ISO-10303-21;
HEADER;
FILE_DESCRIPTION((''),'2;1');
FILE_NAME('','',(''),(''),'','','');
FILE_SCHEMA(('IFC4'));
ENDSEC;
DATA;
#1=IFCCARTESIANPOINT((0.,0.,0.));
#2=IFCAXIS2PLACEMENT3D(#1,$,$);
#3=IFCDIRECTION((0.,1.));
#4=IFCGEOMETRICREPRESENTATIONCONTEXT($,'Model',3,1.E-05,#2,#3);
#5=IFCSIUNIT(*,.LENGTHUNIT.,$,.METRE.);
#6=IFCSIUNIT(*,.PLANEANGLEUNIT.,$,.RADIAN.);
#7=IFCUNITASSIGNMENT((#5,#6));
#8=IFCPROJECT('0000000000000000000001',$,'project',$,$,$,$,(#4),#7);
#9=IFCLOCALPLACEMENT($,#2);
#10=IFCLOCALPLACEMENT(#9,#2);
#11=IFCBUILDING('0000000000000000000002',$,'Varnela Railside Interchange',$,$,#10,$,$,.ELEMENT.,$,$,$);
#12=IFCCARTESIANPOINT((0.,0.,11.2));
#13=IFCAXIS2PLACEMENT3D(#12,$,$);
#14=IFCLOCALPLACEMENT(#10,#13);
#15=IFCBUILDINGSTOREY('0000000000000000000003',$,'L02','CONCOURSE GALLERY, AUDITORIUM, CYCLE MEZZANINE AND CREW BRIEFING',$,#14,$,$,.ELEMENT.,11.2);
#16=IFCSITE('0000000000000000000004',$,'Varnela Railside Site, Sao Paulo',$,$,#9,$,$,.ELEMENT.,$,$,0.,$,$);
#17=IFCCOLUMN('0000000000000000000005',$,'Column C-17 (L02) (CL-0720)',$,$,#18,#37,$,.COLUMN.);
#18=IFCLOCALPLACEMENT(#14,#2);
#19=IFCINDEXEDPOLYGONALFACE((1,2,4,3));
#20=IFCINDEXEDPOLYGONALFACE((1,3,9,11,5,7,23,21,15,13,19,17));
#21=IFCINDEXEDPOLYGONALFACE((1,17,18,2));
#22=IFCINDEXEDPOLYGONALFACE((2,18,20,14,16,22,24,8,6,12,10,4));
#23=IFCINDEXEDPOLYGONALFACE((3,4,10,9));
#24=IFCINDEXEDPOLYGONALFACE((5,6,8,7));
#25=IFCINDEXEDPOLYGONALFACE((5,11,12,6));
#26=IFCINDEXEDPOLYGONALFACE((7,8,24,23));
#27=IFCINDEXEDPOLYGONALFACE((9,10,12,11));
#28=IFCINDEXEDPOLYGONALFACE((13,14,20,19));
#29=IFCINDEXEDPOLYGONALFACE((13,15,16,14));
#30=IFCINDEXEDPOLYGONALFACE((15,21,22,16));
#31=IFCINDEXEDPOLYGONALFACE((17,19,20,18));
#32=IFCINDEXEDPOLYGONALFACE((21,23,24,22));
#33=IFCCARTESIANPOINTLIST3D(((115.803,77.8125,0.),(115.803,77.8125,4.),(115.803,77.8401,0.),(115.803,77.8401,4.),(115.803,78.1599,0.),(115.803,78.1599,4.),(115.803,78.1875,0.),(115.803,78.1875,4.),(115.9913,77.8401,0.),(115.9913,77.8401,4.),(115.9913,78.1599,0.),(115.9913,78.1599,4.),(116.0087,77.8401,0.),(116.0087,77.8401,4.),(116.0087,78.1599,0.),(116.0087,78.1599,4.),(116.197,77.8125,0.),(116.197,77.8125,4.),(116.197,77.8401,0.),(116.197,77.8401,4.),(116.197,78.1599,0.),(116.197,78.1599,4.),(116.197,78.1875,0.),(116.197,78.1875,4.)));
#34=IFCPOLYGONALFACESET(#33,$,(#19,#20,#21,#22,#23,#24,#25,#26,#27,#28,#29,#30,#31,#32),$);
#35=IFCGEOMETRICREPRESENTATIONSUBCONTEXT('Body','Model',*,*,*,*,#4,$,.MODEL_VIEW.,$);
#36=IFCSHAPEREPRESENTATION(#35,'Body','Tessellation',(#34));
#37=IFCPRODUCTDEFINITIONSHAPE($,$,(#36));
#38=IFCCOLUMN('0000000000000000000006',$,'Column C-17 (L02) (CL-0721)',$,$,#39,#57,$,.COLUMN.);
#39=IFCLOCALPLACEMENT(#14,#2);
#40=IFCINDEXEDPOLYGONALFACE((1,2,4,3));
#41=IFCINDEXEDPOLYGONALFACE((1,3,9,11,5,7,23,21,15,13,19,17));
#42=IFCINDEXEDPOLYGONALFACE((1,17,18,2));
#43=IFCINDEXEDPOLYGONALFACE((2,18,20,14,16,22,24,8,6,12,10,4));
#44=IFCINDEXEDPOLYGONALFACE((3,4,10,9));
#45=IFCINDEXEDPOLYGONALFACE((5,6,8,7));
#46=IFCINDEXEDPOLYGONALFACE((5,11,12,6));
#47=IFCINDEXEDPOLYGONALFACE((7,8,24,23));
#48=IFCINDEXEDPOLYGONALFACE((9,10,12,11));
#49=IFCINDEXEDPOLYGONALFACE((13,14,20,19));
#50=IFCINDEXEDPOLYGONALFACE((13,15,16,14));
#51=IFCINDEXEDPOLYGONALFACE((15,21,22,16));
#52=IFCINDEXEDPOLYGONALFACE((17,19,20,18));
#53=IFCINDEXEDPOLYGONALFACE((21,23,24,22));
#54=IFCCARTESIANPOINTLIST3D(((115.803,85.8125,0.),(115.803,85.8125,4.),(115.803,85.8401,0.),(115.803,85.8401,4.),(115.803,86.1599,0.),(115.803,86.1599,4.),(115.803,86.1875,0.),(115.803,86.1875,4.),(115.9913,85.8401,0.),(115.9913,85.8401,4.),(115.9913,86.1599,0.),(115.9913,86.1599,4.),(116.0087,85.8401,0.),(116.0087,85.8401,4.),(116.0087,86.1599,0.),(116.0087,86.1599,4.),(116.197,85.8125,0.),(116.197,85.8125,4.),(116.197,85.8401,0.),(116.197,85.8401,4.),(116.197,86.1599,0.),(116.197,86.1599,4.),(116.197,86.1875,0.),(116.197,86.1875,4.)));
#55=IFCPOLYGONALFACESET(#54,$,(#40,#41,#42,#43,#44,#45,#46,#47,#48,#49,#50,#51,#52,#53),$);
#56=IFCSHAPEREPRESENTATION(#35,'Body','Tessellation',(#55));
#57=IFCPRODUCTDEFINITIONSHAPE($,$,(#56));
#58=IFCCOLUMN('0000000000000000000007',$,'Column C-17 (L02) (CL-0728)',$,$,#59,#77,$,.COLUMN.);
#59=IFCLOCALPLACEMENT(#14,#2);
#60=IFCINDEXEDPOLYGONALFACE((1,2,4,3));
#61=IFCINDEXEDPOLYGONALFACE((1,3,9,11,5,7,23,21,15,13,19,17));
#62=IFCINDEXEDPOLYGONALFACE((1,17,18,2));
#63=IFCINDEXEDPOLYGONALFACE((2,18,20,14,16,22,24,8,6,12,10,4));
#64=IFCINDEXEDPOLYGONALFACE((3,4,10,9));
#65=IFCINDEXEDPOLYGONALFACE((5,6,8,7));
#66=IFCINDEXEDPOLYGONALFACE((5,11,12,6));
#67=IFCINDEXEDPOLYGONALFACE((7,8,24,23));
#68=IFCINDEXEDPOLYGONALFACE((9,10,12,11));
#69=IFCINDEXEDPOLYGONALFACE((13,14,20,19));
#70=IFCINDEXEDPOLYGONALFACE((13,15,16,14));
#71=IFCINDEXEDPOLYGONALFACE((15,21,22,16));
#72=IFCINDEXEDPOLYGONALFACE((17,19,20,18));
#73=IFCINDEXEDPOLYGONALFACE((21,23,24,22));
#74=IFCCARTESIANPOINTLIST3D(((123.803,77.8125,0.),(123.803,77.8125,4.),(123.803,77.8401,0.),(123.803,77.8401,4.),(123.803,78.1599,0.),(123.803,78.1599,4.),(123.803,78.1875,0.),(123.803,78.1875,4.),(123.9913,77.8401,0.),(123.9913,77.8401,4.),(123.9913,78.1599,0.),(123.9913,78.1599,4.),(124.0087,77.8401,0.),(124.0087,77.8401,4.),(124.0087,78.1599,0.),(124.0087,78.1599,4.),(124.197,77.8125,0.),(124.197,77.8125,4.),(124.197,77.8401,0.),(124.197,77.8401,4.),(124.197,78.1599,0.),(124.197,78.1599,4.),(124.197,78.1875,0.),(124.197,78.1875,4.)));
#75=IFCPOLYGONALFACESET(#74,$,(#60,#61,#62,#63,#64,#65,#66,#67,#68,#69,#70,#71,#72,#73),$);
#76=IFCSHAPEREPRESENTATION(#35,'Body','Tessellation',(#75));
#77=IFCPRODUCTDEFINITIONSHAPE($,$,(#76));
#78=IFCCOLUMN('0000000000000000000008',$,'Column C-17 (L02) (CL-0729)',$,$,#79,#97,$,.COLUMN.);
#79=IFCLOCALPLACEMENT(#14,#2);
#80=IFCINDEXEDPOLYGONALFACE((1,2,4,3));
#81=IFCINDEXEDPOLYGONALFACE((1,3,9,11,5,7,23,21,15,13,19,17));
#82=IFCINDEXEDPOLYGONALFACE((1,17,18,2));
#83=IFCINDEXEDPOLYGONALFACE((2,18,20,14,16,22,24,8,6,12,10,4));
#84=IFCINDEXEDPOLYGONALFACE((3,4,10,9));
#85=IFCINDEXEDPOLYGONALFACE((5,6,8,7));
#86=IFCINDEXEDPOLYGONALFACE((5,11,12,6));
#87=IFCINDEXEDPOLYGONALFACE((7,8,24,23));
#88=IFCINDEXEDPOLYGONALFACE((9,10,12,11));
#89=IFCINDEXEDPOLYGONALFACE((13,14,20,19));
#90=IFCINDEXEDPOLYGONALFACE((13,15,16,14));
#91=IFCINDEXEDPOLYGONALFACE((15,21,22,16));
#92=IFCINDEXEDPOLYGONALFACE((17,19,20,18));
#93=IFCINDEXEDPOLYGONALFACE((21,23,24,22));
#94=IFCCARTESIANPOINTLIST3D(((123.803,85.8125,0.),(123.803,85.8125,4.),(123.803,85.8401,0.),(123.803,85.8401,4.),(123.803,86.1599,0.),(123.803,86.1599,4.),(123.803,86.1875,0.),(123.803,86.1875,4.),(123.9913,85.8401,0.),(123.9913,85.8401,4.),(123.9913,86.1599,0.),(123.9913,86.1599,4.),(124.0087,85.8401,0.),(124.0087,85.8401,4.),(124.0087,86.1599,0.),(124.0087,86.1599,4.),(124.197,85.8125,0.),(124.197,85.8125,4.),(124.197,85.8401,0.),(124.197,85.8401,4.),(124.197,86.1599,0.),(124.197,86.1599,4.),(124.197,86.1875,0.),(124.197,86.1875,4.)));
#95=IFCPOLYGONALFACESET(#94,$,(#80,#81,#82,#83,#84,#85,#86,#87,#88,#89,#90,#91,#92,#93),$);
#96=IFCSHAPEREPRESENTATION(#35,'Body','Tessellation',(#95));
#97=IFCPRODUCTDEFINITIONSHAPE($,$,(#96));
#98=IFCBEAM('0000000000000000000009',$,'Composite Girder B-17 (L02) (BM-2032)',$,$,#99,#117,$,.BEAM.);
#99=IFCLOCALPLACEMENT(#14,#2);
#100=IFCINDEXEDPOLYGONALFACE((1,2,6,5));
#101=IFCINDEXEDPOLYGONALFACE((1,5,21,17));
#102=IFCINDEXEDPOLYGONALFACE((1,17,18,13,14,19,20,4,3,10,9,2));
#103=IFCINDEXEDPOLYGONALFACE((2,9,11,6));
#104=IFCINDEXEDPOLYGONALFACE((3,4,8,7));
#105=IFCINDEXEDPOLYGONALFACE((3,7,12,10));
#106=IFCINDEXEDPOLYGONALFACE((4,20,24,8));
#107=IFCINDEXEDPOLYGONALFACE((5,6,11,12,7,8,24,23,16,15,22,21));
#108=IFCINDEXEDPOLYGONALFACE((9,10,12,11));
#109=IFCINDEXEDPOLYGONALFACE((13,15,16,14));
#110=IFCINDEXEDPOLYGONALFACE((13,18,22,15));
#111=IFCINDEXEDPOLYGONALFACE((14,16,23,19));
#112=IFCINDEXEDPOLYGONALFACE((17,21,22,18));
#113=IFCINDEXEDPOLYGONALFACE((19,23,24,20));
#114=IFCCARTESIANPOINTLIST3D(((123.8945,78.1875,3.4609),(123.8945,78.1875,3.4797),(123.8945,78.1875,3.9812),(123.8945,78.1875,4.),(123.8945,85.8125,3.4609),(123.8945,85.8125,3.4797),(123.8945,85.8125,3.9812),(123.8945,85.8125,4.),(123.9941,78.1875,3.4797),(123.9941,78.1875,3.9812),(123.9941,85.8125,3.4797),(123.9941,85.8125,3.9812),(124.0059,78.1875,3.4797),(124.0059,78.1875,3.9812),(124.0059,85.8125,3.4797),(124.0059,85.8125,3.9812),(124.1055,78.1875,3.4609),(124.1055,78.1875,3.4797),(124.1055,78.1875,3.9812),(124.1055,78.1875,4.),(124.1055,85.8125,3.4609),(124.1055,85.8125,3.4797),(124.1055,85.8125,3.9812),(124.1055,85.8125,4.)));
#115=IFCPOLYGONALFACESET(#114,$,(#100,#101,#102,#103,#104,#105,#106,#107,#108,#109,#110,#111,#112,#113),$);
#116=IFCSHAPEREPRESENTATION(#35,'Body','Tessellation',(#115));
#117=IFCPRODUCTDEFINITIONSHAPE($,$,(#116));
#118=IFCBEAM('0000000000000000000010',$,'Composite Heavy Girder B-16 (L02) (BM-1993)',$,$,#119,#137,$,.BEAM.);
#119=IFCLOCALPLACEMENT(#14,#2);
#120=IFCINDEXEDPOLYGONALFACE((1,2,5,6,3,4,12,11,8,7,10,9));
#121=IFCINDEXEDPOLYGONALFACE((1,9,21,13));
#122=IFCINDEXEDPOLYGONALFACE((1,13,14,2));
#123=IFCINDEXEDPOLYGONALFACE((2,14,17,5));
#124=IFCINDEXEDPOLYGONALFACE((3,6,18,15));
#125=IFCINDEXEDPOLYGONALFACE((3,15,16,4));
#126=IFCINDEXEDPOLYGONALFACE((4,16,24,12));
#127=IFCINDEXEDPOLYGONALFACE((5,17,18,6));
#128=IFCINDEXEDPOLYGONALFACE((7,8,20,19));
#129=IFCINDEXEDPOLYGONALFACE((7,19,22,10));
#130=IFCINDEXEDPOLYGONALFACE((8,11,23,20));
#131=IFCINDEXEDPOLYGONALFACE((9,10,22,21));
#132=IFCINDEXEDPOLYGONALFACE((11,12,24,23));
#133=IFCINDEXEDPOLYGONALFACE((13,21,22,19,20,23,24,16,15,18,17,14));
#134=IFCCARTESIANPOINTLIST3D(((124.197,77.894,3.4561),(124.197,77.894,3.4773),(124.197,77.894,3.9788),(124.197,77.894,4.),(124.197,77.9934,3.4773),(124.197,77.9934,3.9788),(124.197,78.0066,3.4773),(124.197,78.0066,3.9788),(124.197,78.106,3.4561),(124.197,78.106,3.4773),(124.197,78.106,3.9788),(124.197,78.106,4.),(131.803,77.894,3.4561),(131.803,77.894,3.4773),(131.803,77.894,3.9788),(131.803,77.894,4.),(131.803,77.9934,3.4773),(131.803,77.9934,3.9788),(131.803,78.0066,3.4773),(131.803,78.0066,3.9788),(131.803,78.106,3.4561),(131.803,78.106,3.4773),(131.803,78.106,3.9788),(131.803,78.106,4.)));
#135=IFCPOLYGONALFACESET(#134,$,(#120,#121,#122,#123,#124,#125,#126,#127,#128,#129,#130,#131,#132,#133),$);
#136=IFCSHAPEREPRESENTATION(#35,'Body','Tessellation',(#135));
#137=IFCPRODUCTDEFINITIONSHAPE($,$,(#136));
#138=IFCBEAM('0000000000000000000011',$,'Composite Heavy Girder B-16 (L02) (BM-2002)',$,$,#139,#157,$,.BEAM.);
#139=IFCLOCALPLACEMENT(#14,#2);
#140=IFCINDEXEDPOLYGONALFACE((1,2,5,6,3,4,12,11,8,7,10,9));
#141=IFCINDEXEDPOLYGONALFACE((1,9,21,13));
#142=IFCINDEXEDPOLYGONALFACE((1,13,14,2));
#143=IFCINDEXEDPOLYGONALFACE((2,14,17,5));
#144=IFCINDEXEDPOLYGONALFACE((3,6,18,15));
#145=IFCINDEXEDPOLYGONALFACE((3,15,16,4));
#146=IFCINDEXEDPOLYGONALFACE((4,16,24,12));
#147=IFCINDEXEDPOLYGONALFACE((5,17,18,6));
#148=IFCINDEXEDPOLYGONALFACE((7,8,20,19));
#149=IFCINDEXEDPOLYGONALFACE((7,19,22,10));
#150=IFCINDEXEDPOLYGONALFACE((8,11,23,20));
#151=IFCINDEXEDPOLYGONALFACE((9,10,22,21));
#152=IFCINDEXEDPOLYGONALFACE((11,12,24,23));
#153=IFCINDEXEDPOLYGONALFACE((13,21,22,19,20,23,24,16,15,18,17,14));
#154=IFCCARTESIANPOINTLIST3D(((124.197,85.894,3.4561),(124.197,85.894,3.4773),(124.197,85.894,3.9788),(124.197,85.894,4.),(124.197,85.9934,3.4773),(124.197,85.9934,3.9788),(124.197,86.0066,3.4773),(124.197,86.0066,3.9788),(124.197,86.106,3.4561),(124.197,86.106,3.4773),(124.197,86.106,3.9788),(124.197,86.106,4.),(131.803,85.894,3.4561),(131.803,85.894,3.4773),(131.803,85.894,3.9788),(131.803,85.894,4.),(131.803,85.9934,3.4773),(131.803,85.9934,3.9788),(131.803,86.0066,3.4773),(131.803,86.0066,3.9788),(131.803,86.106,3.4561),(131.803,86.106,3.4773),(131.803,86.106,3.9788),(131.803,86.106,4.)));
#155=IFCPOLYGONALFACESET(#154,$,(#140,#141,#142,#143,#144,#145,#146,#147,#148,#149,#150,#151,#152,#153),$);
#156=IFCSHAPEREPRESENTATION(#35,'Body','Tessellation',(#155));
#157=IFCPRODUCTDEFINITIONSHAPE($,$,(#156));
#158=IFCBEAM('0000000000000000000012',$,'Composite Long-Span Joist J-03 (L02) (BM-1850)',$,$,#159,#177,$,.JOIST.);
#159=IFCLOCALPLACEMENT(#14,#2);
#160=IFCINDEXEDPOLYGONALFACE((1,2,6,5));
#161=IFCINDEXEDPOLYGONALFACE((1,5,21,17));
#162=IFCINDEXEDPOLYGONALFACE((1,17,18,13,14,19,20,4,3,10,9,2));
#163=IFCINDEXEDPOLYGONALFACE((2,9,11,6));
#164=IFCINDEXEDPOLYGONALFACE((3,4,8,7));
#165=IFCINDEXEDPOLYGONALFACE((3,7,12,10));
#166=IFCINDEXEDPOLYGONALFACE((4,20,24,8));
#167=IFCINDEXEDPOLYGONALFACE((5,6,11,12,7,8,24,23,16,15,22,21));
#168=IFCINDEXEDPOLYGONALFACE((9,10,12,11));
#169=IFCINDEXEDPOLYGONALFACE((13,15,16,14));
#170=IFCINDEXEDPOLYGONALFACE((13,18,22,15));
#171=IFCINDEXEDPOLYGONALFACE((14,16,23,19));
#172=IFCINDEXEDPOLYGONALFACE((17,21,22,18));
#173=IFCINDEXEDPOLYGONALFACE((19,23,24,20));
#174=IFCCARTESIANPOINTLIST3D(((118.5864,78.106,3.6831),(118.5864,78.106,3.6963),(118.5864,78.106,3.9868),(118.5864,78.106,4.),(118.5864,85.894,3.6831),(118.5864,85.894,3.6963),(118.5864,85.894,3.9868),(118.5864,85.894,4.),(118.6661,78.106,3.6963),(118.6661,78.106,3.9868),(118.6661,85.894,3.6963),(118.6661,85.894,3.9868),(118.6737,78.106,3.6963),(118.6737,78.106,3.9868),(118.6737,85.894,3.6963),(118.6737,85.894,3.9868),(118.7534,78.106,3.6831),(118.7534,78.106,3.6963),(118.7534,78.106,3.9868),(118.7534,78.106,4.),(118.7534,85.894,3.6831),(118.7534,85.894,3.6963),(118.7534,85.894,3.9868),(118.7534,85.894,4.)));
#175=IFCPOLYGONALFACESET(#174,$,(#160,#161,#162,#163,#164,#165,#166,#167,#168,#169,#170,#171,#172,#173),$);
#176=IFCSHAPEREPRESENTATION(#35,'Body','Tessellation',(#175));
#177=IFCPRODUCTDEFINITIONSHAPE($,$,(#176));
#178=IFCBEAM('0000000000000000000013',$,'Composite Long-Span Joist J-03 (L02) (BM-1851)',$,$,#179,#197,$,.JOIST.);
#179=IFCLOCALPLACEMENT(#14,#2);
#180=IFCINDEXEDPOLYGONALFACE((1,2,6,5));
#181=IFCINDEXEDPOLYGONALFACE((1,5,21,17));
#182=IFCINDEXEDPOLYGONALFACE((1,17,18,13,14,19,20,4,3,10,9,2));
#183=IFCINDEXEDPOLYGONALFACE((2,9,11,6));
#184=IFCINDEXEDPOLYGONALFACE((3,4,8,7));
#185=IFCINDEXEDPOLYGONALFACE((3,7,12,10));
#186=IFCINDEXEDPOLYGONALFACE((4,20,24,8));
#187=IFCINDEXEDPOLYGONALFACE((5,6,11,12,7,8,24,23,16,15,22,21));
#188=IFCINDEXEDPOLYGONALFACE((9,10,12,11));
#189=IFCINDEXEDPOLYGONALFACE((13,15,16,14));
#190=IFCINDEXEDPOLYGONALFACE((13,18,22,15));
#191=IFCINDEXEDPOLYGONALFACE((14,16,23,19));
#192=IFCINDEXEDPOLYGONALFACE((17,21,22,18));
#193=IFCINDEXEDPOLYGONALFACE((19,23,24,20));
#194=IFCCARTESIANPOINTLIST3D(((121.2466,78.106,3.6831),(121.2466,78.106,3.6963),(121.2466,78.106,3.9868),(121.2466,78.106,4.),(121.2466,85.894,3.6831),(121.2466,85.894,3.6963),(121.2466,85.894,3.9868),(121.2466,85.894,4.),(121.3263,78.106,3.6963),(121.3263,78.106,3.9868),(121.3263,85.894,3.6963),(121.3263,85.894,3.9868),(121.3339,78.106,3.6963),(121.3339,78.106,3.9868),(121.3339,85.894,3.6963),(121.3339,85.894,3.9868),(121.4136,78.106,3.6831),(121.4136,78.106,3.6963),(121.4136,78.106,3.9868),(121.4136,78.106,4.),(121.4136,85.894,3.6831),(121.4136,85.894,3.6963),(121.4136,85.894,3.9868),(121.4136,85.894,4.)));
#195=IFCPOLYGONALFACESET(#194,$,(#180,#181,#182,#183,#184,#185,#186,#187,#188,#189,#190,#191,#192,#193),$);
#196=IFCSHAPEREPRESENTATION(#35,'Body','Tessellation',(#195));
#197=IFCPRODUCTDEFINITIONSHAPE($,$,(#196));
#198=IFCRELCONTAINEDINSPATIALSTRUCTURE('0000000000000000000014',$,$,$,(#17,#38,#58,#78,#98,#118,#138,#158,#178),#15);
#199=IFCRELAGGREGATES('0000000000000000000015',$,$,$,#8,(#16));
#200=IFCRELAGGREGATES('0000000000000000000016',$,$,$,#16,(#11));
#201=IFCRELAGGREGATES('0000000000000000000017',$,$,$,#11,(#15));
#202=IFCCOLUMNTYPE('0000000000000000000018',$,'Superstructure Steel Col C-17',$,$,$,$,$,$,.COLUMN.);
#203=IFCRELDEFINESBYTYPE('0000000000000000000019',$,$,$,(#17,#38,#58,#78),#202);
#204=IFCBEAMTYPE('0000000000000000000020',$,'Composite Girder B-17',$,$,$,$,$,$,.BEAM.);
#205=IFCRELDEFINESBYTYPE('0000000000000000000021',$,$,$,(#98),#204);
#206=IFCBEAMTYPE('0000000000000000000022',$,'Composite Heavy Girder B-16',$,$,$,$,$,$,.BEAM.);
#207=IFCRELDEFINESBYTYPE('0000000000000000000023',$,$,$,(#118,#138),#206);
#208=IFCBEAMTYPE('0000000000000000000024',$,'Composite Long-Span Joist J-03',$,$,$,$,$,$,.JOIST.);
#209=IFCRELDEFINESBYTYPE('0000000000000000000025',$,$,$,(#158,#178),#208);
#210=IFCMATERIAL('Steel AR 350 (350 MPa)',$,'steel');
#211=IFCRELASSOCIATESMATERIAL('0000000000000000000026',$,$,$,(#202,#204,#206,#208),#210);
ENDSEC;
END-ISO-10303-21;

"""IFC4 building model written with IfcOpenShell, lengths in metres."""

from ifc_helpers import new_model, si_unit, direction, frame, origin, origin_2d, place, context, subcontext, project, spatial, i_section, extrude, material, material_profile, profile_set, type_object, element, save


model = new_model("IFC4")

# Units and contexts
model_context = context("Model", 3, precision=1e-05, world=origin(), true_north=direction((0.0, 1.0)))
body_context = subcontext(model_context, "Body", "Model", "MODEL_VIEW")
ifc_project = project(units=[si_unit("LENGTHUNIT", "METRE"), si_unit("PLANEANGLEUNIT", "RADIAN")], contexts=[model_context])

# Site, building, storey
site_placement = place(None, origin())
site = spatial("IfcSite", under=ifc_project, at=site_placement, Name="Varnela Railside Site, Sao Paulo", CompositionType="ELEMENT", RefElevation=0.0)
building_placement = place(site_placement, origin())
building = spatial("IfcBuilding", under=site, at=building_placement, Name="Varnela Railside Interchange", CompositionType="ELEMENT")
storey_placement = place(building_placement, frame((0.0, 0.0, 11.2)))
storey = spatial("IfcBuildingStorey", under=building, at=storey_placement, Name="L02", Description="CONCOURSE GALLERY, AUDITORIUM, CYCLE MEZZANINE AND CREW BRIEFING", CompositionType="ELEMENT", Elevation=11.2)

# Columns
ifc_material_1 = material(Name="Steel AR 350 (350 MPa)", Category="steel")
ifc_material_profile_1 = material_profile(ifc_material_1, i_section(OverallWidth=0.394, OverallDepth=0.375, WebThickness=0.0173, FlangeThickness=0.0276, at=origin_2d()), Name="W360x216")
ifc_profile_set_1 = profile_set([ifc_material_profile_1], Name="Steel AR 350 (350 MPa)")
column_type = type_object("IfcColumnType", Name="Superstructure Steel Col C-17", PredefinedType="COLUMN", material=ifc_profile_set_1)
for number, where, z_axis, x_axis, name in (
    (1, (116.0, 78.0, 0.0), (0.0, 0.0, 1.0), (1.0, 0.0, 0.0), "Column C-17 (L02) (CL-0720)"),
    (2, (116.0, 86.0, 0.0), (0.0, 0.0, 1.0), (1.0, 0.0, 0.0), "Column C-17 (L02) (CL-0721)"),
    (3, (124.0, 78.0, 0.0), (0.0, 0.0, 1.0), (1.0, 0.0, 0.0), "Column C-17 (L02) (CL-0728)"),
    (4, (124.0, 86.0, 0.0), (0.0, 0.0, 1.0), (1.0, 0.0, 0.0), "Column C-17 (L02) (CL-0729)"),
):
    element("IfcColumn", number, at=place(storey_placement, frame(where, z_axis=z_axis, x_axis=x_axis)), inside=storey, type_object=column_type, Name=name, PredefinedType="COLUMN", context=body_context, shape_type="SweptSolid", body=[
        extrude(i_section(OverallWidth=0.394, OverallDepth=0.375, WebThickness=0.0173, FlangeThickness=0.0276, at=origin_2d()), origin(), (0.0, 0.0, 1.0), 4.0),
    ])

# Beams
ifc_material_profile_2 = material_profile(ifc_material_1, i_section(OverallWidth=0.2109, OverallDepth=0.5391, WebThickness=0.0117, FlangeThickness=0.0188, at=origin_2d()), Name="W530x109")
ifc_profile_set_2 = profile_set([ifc_material_profile_2], Name="Steel AR 350 (350 MPa)")
beam_type_1 = type_object("IfcBeamType", Name="Composite Girder B-17", PredefinedType="BEAM", material=ifc_profile_set_2)
beam_1_placement = place(storey_placement, frame((124.0, 78.1875, 3.7305), z_axis=(0.0, 1.0, 0.0), x_axis=(-1.0, 0.0, 0.0)))
element("IfcBeam", 5, at=beam_1_placement, inside=storey, type_object=beam_type_1, Name="Composite Girder B-17 (L02) (BM-2032)", PredefinedType="BEAM", context=body_context, shape_type="SweptSolid", body=[
    extrude(i_section(OverallWidth=0.2109, OverallDepth=0.5391, WebThickness=0.0117, FlangeThickness=0.0188, at=origin_2d()), origin(), (0.0, 0.0, 1.0), 7.625),
])
ifc_material_profile_3 = material_profile(ifc_material_1, i_section(OverallWidth=0.2119, OverallDepth=0.5439, WebThickness=0.0132, FlangeThickness=0.0212, at=origin_2d()), Name="W530x123")
ifc_profile_set_3 = profile_set([ifc_material_profile_3], Name="Steel AR 350 (350 MPa)")
beam_type_2 = type_object("IfcBeamType", Name="Composite Heavy Girder B-16", PredefinedType="BEAM", material=ifc_profile_set_3)
for number, where, z_axis, x_axis, name in (
    (6, (124.197, 78.0, 3.728), (1.0, 0.0, 0.0), (0.0, 1.0, 0.0), "Composite Heavy Girder B-16 (L02) (BM-1993)"),
    (7, (124.197, 86.0, 3.728), (1.0, 0.0, 0.0), (0.0, 1.0, 0.0), "Composite Heavy Girder B-16 (L02) (BM-2002)"),
):
    element("IfcBeam", number, at=place(storey_placement, frame(where, z_axis=z_axis, x_axis=x_axis)), inside=storey, type_object=beam_type_2, Name=name, PredefinedType="BEAM", context=body_context, shape_type="SweptSolid", body=[
        extrude(i_section(OverallWidth=0.2119, OverallDepth=0.5439, WebThickness=0.0132, FlangeThickness=0.0212, at=origin_2d()), origin(), (0.0, 0.0, 1.0), 7.606),
    ])
ifc_material_profile_4 = material_profile(ifc_material_1, i_section(OverallWidth=0.167, OverallDepth=0.3169, WebThickness=0.0076, FlangeThickness=0.0132, at=origin_2d()), Name="W310x52")
ifc_profile_set_4 = profile_set([ifc_material_profile_4], Name="Steel AR 350 (350 MPa)")
beam_type_3 = type_object("IfcBeamType", Name="Composite Long-Span Joist J-03", PredefinedType="JOIST", material=ifc_profile_set_4)
for number, where, z_axis, x_axis, name in (
    (8, (118.6699, 78.106, 3.8416), (0.0, 1.0, 0.0), (-1.0, 0.0, 0.0), "Composite Long-Span Joist J-03 (L02) (BM-1850)"),
    (9, (121.3301, 78.106, 3.8416), (0.0, 1.0, 0.0), (-1.0, 0.0, 0.0), "Composite Long-Span Joist J-03 (L02) (BM-1851)"),
):
    element("IfcBeam", number, at=place(storey_placement, frame(where, z_axis=z_axis, x_axis=x_axis)), inside=storey, type_object=beam_type_3, Name=name, PredefinedType="JOIST", context=body_context, shape_type="SweptSolid", body=[
        extrude(i_section(OverallWidth=0.167, OverallDepth=0.3169, WebThickness=0.0076, FlangeThickness=0.0132, at=origin_2d()), origin(), (0.0, 0.0, 1.0), 7.7881),
    ])

save(model, "model.ifc")
